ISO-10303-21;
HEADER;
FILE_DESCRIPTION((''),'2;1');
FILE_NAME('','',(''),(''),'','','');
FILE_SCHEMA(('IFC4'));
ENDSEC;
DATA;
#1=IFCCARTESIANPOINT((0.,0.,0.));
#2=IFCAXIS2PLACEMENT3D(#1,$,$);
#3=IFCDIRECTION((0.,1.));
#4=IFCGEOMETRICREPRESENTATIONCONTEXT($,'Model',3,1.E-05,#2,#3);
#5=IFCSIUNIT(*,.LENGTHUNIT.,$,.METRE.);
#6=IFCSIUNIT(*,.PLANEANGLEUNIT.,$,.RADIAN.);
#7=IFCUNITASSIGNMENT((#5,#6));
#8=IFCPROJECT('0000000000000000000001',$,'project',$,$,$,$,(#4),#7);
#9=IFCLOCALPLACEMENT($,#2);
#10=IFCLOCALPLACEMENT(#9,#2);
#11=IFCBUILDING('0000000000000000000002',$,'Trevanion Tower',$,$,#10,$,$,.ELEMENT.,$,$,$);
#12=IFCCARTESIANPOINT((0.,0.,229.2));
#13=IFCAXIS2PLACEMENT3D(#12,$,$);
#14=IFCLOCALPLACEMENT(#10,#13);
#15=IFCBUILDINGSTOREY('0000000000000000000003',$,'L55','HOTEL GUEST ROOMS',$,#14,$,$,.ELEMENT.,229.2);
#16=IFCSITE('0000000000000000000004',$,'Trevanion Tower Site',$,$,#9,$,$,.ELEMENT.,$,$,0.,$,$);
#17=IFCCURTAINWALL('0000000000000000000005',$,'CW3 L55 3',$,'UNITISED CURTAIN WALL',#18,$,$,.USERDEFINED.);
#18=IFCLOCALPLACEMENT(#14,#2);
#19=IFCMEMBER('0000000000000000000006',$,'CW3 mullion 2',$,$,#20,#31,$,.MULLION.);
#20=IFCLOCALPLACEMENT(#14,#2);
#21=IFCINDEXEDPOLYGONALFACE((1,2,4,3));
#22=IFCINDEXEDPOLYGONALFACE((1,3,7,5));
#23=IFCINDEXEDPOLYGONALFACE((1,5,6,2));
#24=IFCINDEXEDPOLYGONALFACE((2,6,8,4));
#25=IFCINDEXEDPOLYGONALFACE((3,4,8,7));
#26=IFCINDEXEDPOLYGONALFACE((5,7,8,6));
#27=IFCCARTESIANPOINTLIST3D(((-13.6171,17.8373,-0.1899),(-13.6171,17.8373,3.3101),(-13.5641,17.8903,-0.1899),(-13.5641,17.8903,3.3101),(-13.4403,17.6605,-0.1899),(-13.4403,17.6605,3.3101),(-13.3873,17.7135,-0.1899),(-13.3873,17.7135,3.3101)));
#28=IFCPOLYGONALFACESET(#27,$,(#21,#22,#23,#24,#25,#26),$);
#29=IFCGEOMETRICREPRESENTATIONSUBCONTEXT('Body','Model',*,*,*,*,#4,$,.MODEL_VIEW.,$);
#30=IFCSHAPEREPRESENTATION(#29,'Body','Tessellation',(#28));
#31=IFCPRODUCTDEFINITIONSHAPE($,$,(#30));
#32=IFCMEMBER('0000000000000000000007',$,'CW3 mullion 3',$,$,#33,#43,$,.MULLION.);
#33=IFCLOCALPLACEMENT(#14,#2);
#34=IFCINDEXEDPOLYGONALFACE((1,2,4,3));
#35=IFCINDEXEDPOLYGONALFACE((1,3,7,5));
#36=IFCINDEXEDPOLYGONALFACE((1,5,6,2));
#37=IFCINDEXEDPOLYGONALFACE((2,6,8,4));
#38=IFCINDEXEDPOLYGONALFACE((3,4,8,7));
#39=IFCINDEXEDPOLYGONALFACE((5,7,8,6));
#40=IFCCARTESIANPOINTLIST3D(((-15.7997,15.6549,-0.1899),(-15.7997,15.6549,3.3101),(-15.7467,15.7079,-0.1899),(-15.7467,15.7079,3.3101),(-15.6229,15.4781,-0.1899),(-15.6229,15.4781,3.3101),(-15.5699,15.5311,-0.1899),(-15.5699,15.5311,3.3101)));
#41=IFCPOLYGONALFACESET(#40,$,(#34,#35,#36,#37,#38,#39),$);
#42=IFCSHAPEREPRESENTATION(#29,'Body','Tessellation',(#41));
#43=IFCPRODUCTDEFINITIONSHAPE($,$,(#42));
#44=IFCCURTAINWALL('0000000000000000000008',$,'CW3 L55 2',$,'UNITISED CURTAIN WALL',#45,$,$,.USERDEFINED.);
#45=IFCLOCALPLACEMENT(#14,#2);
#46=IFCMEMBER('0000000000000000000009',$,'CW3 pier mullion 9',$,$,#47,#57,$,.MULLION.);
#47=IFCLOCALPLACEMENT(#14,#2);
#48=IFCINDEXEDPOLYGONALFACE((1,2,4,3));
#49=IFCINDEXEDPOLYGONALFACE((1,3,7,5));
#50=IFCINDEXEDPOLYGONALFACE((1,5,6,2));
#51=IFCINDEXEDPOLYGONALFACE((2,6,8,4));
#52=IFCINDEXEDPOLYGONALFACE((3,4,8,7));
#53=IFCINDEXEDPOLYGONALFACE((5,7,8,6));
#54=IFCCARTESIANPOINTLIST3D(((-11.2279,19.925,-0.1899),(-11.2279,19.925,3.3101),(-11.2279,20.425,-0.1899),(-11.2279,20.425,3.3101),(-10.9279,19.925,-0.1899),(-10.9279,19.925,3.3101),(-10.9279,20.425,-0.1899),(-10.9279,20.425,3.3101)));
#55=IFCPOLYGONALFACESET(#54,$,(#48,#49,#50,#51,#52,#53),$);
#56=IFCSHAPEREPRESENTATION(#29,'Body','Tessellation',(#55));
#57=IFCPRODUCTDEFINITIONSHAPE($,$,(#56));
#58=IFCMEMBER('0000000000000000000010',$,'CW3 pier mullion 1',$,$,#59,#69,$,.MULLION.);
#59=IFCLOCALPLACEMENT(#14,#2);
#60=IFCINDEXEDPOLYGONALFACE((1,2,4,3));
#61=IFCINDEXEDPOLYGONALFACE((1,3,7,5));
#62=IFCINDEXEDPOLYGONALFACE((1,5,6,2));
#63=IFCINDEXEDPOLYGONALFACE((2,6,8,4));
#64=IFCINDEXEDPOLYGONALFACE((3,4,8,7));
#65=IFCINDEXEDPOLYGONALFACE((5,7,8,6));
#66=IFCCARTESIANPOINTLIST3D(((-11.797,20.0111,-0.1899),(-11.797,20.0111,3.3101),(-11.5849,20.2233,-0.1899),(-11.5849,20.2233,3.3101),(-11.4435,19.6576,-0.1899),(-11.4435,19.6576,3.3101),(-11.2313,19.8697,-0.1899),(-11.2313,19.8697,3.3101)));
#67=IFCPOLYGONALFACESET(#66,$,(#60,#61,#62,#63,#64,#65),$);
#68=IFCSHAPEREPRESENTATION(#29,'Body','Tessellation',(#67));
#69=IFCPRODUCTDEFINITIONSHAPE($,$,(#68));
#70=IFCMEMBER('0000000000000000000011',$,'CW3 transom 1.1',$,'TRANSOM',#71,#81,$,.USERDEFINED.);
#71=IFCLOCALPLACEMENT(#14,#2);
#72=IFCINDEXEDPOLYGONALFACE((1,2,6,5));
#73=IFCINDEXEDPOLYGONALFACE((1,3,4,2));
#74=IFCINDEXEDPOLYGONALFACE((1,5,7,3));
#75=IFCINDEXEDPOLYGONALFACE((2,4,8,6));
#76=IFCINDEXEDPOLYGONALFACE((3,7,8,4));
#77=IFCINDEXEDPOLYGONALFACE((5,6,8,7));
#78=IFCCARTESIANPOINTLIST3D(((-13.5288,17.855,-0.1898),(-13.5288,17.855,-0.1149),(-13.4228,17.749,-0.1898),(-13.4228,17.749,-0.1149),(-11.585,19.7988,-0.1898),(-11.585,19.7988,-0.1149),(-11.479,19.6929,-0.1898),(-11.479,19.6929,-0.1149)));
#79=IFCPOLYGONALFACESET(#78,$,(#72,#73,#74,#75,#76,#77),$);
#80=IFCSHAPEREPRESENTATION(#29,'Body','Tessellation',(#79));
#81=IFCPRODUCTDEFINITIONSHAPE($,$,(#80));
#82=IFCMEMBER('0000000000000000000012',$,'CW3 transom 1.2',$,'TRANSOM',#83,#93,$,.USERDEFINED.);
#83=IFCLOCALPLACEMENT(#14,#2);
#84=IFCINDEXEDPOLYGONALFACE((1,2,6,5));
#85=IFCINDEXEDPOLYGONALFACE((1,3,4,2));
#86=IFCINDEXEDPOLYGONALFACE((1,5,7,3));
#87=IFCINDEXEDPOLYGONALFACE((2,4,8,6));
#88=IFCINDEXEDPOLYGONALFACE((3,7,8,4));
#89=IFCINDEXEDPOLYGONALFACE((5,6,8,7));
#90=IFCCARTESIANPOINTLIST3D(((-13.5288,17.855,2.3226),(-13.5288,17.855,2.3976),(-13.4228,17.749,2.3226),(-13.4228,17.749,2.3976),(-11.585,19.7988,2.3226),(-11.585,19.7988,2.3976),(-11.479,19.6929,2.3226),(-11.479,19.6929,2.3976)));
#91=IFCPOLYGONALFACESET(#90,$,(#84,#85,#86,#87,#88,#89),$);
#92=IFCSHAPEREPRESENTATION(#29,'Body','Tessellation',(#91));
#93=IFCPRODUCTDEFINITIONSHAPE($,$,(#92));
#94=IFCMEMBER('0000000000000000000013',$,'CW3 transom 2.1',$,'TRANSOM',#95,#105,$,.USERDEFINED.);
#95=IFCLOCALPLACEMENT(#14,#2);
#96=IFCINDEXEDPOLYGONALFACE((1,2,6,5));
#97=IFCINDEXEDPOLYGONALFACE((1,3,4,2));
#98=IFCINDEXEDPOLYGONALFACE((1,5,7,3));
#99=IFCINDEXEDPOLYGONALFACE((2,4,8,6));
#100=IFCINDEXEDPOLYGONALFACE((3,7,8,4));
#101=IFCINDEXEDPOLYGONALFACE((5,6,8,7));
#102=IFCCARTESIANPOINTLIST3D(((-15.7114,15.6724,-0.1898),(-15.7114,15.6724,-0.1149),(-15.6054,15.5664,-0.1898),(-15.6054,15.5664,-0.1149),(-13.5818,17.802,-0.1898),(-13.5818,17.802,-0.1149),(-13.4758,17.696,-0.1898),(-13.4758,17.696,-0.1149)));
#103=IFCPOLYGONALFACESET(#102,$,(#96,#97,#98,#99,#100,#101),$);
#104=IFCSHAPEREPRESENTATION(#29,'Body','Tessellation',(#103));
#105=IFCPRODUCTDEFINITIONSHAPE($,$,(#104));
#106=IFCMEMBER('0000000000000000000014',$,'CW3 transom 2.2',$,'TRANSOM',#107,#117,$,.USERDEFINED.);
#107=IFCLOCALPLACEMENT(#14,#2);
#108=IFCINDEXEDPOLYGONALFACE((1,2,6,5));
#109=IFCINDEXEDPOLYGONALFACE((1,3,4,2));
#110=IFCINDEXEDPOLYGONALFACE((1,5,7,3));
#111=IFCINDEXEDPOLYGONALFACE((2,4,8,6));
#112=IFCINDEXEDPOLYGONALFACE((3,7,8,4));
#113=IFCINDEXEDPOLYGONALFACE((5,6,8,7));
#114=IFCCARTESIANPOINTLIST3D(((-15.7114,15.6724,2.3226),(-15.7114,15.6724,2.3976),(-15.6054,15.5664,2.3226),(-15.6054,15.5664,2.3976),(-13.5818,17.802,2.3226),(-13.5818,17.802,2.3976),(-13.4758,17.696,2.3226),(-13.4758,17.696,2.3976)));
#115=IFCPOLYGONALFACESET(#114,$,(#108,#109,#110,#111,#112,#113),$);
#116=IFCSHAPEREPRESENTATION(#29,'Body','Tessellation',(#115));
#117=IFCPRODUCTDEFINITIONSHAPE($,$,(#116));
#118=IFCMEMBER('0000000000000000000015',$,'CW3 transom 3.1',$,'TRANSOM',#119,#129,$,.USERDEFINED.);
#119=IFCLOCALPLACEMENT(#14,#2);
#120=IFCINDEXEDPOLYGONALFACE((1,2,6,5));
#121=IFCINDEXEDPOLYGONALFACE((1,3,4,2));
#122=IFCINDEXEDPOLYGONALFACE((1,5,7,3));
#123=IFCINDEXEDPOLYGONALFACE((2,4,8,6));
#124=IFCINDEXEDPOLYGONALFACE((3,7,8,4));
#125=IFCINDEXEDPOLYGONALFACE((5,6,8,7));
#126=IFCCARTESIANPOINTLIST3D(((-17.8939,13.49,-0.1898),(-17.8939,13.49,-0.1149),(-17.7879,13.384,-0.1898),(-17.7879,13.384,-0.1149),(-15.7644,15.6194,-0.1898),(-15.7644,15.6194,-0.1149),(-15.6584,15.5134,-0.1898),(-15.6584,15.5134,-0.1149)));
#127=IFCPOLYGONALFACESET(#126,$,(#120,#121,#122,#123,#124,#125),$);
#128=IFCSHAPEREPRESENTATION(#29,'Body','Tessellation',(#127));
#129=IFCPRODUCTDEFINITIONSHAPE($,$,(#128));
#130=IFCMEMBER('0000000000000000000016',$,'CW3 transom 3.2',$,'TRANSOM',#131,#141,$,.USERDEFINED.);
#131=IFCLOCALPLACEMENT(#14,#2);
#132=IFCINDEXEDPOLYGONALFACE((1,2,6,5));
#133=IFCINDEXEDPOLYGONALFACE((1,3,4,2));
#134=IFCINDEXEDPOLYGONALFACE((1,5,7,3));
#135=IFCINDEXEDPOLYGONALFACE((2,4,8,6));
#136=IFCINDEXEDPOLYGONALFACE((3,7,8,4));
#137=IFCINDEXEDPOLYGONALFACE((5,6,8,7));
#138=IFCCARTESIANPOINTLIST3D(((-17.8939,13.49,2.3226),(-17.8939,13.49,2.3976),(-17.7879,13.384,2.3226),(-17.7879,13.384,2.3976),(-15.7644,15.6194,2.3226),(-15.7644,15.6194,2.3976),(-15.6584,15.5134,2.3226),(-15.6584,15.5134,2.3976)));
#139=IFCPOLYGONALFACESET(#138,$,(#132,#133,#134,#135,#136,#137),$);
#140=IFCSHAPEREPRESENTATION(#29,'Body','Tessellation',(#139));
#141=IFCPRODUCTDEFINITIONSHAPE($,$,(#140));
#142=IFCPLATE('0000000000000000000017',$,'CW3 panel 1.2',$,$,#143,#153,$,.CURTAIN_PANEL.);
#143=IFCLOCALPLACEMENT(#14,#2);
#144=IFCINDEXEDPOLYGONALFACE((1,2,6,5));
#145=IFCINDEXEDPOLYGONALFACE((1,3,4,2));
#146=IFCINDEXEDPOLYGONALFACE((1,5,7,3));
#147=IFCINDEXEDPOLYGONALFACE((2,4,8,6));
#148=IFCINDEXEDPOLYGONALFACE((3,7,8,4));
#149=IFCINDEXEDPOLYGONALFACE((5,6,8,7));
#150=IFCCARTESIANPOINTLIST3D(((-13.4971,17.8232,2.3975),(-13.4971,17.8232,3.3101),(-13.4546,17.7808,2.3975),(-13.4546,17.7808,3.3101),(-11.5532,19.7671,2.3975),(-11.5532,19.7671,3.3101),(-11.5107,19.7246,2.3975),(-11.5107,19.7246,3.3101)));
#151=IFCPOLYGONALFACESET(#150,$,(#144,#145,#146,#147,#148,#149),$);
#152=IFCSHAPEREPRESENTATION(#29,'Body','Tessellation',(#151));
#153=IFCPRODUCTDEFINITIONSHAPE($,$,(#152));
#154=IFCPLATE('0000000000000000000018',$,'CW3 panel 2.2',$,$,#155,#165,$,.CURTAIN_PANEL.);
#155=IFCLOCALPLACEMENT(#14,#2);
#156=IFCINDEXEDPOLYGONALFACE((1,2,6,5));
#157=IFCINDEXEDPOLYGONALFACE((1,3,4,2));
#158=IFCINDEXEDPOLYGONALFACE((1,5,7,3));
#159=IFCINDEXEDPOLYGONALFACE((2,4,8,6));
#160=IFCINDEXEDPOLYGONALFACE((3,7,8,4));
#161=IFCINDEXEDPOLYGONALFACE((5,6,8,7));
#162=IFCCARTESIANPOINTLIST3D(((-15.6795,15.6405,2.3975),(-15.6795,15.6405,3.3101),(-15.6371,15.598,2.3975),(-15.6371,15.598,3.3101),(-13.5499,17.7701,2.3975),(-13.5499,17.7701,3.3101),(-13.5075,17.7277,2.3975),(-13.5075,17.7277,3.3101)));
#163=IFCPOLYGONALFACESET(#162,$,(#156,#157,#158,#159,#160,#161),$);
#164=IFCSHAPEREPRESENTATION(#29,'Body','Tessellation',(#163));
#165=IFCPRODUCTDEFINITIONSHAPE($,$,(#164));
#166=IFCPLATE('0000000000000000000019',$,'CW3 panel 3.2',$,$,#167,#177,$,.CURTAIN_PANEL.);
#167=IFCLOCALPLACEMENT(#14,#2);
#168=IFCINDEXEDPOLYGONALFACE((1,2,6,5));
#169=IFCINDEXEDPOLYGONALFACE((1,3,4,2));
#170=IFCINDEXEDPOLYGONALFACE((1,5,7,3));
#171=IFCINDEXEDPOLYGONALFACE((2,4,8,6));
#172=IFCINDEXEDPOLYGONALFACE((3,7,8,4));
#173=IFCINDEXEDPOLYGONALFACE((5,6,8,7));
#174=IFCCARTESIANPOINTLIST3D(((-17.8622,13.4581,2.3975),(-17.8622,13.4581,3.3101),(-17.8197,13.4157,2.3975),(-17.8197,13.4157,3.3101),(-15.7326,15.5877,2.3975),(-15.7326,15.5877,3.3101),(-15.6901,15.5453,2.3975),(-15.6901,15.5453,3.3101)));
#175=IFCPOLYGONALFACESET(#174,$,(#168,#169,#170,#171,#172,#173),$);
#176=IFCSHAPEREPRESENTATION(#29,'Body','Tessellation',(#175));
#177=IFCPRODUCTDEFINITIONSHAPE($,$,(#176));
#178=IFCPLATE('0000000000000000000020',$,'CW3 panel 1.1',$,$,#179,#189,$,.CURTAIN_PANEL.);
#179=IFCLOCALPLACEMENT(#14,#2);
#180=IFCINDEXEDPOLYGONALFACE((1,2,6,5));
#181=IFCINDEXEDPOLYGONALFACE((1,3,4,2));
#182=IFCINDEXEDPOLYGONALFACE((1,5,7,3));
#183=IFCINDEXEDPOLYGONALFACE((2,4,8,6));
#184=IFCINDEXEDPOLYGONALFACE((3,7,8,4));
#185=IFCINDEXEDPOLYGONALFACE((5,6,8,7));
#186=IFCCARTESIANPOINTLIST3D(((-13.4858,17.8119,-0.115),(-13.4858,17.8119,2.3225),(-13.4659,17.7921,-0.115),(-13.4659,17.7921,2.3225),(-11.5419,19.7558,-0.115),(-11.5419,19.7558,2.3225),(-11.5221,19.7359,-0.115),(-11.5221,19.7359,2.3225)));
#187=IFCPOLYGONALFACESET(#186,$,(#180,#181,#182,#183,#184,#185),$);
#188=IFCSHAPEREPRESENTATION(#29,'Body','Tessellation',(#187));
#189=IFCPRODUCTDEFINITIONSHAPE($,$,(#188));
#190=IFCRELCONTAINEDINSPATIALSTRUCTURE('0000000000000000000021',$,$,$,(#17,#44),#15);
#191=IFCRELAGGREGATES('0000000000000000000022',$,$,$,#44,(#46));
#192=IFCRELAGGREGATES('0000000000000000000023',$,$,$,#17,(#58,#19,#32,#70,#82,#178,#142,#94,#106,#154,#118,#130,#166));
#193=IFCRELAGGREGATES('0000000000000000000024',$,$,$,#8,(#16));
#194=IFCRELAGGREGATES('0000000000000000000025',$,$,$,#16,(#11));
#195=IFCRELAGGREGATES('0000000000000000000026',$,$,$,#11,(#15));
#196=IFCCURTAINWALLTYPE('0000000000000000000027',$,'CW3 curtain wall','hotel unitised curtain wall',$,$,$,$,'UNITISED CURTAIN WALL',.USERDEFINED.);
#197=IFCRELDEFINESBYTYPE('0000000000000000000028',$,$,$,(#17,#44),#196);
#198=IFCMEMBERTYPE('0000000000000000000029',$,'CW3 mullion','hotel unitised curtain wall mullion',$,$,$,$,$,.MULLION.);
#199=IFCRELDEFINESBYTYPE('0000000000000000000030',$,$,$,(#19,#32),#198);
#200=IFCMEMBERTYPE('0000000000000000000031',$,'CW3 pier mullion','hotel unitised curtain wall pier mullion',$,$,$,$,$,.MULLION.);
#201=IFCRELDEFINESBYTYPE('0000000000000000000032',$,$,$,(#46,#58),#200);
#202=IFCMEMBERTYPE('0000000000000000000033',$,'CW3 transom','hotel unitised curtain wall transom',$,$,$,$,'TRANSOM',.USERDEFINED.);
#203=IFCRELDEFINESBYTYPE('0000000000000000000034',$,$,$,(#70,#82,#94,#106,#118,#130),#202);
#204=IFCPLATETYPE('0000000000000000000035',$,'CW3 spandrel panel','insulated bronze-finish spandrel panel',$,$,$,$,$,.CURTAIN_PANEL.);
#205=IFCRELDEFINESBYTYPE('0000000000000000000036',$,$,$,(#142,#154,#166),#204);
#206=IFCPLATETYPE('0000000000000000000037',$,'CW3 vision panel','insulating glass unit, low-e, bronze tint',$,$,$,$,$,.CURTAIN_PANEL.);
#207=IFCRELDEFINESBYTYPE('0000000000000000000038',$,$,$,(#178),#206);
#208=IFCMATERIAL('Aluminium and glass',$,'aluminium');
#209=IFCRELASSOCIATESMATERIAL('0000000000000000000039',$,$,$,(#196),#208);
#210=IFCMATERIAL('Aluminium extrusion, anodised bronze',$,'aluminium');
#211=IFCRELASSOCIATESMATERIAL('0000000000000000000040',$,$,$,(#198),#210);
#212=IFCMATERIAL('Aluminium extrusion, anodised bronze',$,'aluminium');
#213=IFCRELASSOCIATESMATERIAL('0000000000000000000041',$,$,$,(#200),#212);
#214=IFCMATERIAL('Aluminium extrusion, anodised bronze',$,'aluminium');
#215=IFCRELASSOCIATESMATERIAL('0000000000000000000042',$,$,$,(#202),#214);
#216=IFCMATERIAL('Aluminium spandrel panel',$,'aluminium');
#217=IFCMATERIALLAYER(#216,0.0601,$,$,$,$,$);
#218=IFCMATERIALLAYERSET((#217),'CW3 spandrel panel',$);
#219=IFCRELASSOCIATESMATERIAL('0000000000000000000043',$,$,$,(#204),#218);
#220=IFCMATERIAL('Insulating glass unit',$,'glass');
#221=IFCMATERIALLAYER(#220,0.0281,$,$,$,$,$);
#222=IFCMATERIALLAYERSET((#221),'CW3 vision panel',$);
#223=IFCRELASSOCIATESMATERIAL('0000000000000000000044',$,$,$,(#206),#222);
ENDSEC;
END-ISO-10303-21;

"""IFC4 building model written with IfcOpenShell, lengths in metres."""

from ifc_helpers import new_model, si_unit, direction, frame, origin, origin_2d, place, context, subcontext, project, spatial, rectangle, extrude, material, layer, layer_set, material_profile, profile_set, type_object, element, aggregate, save


model = new_model("IFC4")

# Units and contexts
model_context = context("Model", 3, precision=1e-05, world=origin(), true_north=direction((0.0, 1.0)))
body_context = subcontext(model_context, "Body", "Model", "MODEL_VIEW")
ifc_project = project(units=[si_unit("LENGTHUNIT", "METRE"), si_unit("PLANEANGLEUNIT", "RADIAN")], contexts=[model_context])

# Site, building, storey
site_placement = place(None, origin())
site = spatial("IfcSite", under=ifc_project, at=site_placement, Name="Trevanion Tower Site", CompositionType="ELEMENT", RefElevation=0.0)
building_placement = place(site_placement, origin())
building = spatial("IfcBuilding", under=site, at=building_placement, Name="Trevanion Tower", CompositionType="ELEMENT")
storey_placement = place(building_placement, frame((0.0, 0.0, 229.2)))
storey = spatial("IfcBuildingStorey", under=building, at=storey_placement, Name="L55", Description="HOTEL GUEST ROOMS", CompositionType="ELEMENT", Elevation=229.2)

# Curtain wall, members
ifc_material_1 = material(Name="Aluminium and glass", Category="aluminium")
curtain_wall_type = type_object("IfcCurtainWallType", Name="CW3 curtain wall", Description="hotel unitised curtain wall", ElementType="UNITISED CURTAIN WALL", PredefinedType="USERDEFINED", material=ifc_material_1)
curtain_wall_1_placement = place(storey_placement, origin())
curtain_wall_1 = element("IfcCurtainWall", 1, at=curtain_wall_1_placement, inside=storey, type_object=curtain_wall_type, Name="CW3 L55 3", ObjectType="UNITISED CURTAIN WALL", PredefinedType="USERDEFINED")
ifc_material_2 = material(Name="Aluminium extrusion, anodised bronze", Category="aluminium")
ifc_material_profile_1 = material_profile(ifc_material_2, rectangle(XDim=0.075, YDim=0.25, at=origin_2d()), Name="CW3 mullion")
ifc_profile_set_1 = profile_set([ifc_material_profile_1], Name="Aluminium extrusion, anodised bronze")
member_type_1 = type_object("IfcMemberType", Name="CW3 mullion", Description="hotel unitised curtain wall mullion", PredefinedType="MULLION", material=ifc_profile_set_1)
member_1_placement = place(storey_placement, frame((-13.5022, 17.7754, -0.1899), z_axis=(0.0, 0.0, 1.0), x_axis=(-0.707107, -0.707107, 0.0)))
member_1 = element("IfcMember", 2, at=member_1_placement, type_object=member_type_1, Name="CW3 mullion 2", PredefinedType="MULLION", context=body_context, shape_type="SweptSolid", body=[
    extrude(rectangle(XDim=0.075, YDim=0.25, at=origin_2d()), origin(), (0.0, 0.0, 1.0), 3.5),
])
member_2_placement = place(storey_placement, frame((-15.6848, 15.593, -0.1899), z_axis=(0.0, 0.0, 1.0), x_axis=(-0.707107, -0.707107, 0.0)))
member_2 = element("IfcMember", 3, at=member_2_placement, type_object=member_type_1, Name="CW3 mullion 3", PredefinedType="MULLION", context=body_context, shape_type="SweptSolid", body=[
    extrude(rectangle(XDim=0.075, YDim=0.25, at=origin_2d()), origin(), (0.0, 0.0, 1.0), 3.5),
])

# Curtain wall, member
curtain_wall_2_placement = place(storey_placement, origin())
curtain_wall_2 = element("IfcCurtainWall", 4, at=curtain_wall_2_placement, inside=storey, type_object=curtain_wall_type, Name="CW3 L55 2", ObjectType="UNITISED CURTAIN WALL", PredefinedType="USERDEFINED")
ifc_material_3 = material(Name="Aluminium extrusion, anodised bronze", Category="aluminium")
ifc_material_profile_2 = material_profile(ifc_material_3, rectangle(XDim=0.3, YDim=0.5, at=origin_2d()), Name="CW3 pier mullion")
ifc_profile_set_2 = profile_set([ifc_material_profile_2], Name="Aluminium extrusion, anodised bronze")
member_type_2 = type_object("IfcMemberType", Name="CW3 pier mullion", Description="hotel unitised curtain wall pier mullion", PredefinedType="MULLION", material=ifc_profile_set_2)
member_3_placement = place(storey_placement, frame((-11.0779, 20.175, -0.1899), z_axis=(0.0, 0.0, 1.0), x_axis=(-1.0, 0.0, 0.0)))
member_3 = element("IfcMember", 5, at=member_3_placement, type_object=member_type_2, Name="CW3 pier mullion 9", PredefinedType="MULLION", context=body_context, shape_type="SweptSolid", body=[
    extrude(rectangle(XDim=0.3, YDim=0.5, at=origin_2d()), origin(), (0.0, 0.0, 1.0), 3.5),
])
aggregate(curtain_wall_2, [member_3])

# Members
member_4_placement = place(storey_placement, frame((-11.5142, 19.9404, -0.1899), z_axis=(0.0, 0.0, 1.0), x_axis=(-0.707107, -0.707107, 0.0)))
member_4 = element("IfcMember", 6, at=member_4_placement, type_object=member_type_2, Name="CW3 pier mullion 1", PredefinedType="MULLION", context=body_context, shape_type="SweptSolid", body=[
    extrude(rectangle(XDim=0.3, YDim=0.5, at=origin_2d()), origin(), (0.0, 0.0, 1.0), 3.5),
])
ifc_material_4 = material(Name="Aluminium extrusion, anodised bronze", Category="aluminium")
ifc_material_profile_3 = material_profile(ifc_material_4, rectangle(XDim=0.1499, YDim=0.075, at=origin_2d()), Name="CW3 transom")
ifc_profile_set_3 = profile_set([ifc_material_profile_3], Name="Aluminium extrusion, anodised bronze")
member_type_3 = type_object("IfcMemberType", Name="CW3 transom", Description="hotel unitised curtain wall transom", ElementType="TRANSOM", PredefinedType="USERDEFINED", material=ifc_profile_set_3)
member_5_placement = place(storey_placement, frame((-11.532, 19.7458, -0.1523), z_axis=(-0.707107, -0.707107, 0.0), x_axis=(0.707107, -0.707107, 0.0)))
member_5 = element("IfcMember", 7, at=member_5_placement, type_object=member_type_3, Name="CW3 transom 1.1", ObjectType="TRANSOM", PredefinedType="USERDEFINED", context=body_context, shape_type="SweptSolid", body=[
    extrude(rectangle(XDim=0.1499, YDim=0.075, at=origin_2d()), origin(), (0.0, 0.0, 1.0), 2.749),
])
member_6_placement = place(storey_placement, frame((-11.532, 19.7458, 2.3601), z_axis=(-0.707107, -0.707107, 0.0), x_axis=(0.707107, -0.707107, 0.0)))
member_6 = element("IfcMember", 8, at=member_6_placement, type_object=member_type_3, Name="CW3 transom 1.2", ObjectType="TRANSOM", PredefinedType="USERDEFINED", context=body_context, shape_type="SweptSolid", body=[
    extrude(rectangle(XDim=0.1499, YDim=0.075, at=origin_2d()), origin(), (0.0, 0.0, 1.0), 2.749),
])
member_7_placement = place(storey_placement, frame((-13.5288, 17.749, -0.1523), z_axis=(-0.707107, -0.707107, 0.0), x_axis=(0.707107, -0.707107, 0.0)))
member_7 = element("IfcMember", 9, at=member_7_placement, type_object=member_type_3, Name="CW3 transom 2.1", ObjectType="TRANSOM", PredefinedType="USERDEFINED", context=body_context, shape_type="SweptSolid", body=[
    extrude(rectangle(XDim=0.1499, YDim=0.075, at=origin_2d()), origin(), (0.0, 0.0, 1.0), 3.0117),
])
member_8_placement = place(storey_placement, frame((-13.5288, 17.749, 2.3601), z_axis=(-0.707107, -0.707107, 0.0), x_axis=(0.707107, -0.707107, 0.0)))
member_8 = element("IfcMember", 10, at=member_8_placement, type_object=member_type_3, Name="CW3 transom 2.2", ObjectType="TRANSOM", PredefinedType="USERDEFINED", context=body_context, shape_type="SweptSolid", body=[
    extrude(rectangle(XDim=0.1499, YDim=0.075, at=origin_2d()), origin(), (0.0, 0.0, 1.0), 3.0117),
])
member_9_placement = place(storey_placement, frame((-15.7114, 15.5664, -0.1523), z_axis=(-0.707107, -0.707107, 0.0), x_axis=(0.707107, -0.707107, 0.0)))
member_9 = element("IfcMember", 11, at=member_9_placement, type_object=member_type_3, Name="CW3 transom 3.1", ObjectType="TRANSOM", PredefinedType="USERDEFINED", context=body_context, shape_type="SweptSolid", body=[
    extrude(rectangle(XDim=0.1499, YDim=0.075, at=origin_2d()), origin(), (0.0, 0.0, 1.0), 3.0115),
])
member_10_placement = place(storey_placement, frame((-15.7114, 15.5664, 2.3601), z_axis=(-0.707107, -0.707107, 0.0), x_axis=(0.707107, -0.707107, 0.0)))
member_10 = element("IfcMember", 12, at=member_10_placement, type_object=member_type_3, Name="CW3 transom 3.2", ObjectType="TRANSOM", PredefinedType="USERDEFINED", context=body_context, shape_type="SweptSolid", body=[
    extrude(rectangle(XDim=0.1499, YDim=0.075, at=origin_2d()), origin(), (0.0, 0.0, 1.0), 3.0115),
])

# Plates
ifc_material_5 = material(Name="Aluminium spandrel panel", Category="aluminium")
ifc_layer_1 = layer(ifc_material_5, 0.0601)
ifc_layer_set_1 = layer_set([ifc_layer_1], Name="CW3 spandrel panel")
plate_type_1 = type_object("IfcPlateType", Name="CW3 spandrel panel", Description="insulated bronze-finish spandrel panel", PredefinedType="CURTAIN_PANEL", material=ifc_layer_set_1)
plate_1_placement = place(storey_placement, frame((-12.5039, 18.7739, 2.3975), z_axis=(0.0, 0.0, 1.0), x_axis=(-0.707107, -0.707107, 0.0)))
plate_1 = element("IfcPlate", 13, at=plate_1_placement, type_object=plate_type_1, Name="CW3 panel 1.2", PredefinedType="CURTAIN_PANEL", context=body_context, shape_type="SweptSolid", body=[
    extrude(rectangle(XDim=2.749, YDim=0.0601, at=origin_2d()), origin(), (0.0, 0.0, 1.0), 0.9126),
])
plate_2_placement = place(storey_placement, frame((-14.5935, 16.6841, 2.3975), z_axis=(0.0, 0.0, 1.0), x_axis=(-0.707107, -0.707107, 0.0)))
plate_2 = element("IfcPlate", 14, at=plate_2_placement, type_object=plate_type_1, Name="CW3 panel 2.2", PredefinedType="CURTAIN_PANEL", context=body_context, shape_type="SweptSolid", body=[
    extrude(rectangle(XDim=3.0117, YDim=0.0601, at=origin_2d()), origin(), (0.0, 0.0, 1.0), 0.9126),
])
plate_3_placement = place(storey_placement, frame((-16.7761, 14.5017, 2.3975), z_axis=(0.0, 0.0, 1.0), x_axis=(-0.707107, -0.707107, 0.0)))
plate_3 = element("IfcPlate", 15, at=plate_3_placement, type_object=plate_type_1, Name="CW3 panel 3.2", PredefinedType="CURTAIN_PANEL", context=body_context, shape_type="SweptSolid", body=[
    extrude(rectangle(XDim=3.0117, YDim=0.0601, at=origin_2d()), origin(), (0.0, 0.0, 1.0), 0.9126),
])
ifc_material_6 = material(Name="Insulating glass unit", Category="glass")
ifc_layer_2 = layer(ifc_material_6, 0.0281)
ifc_layer_set_2 = layer_set([ifc_layer_2], Name="CW3 vision panel")
plate_type_2 = type_object("IfcPlateType", Name="CW3 vision panel", Description="insulating glass unit, low-e, bronze tint", PredefinedType="CURTAIN_PANEL", material=ifc_layer_set_2)
plate_4_placement = place(storey_placement, frame((-12.5039, 18.7739, -0.115), z_axis=(0.0, 0.0, 1.0), x_axis=(-0.707107, -0.707107, 0.0)))
plate_4 = element("IfcPlate", 16, at=plate_4_placement, type_object=plate_type_2, Name="CW3 panel 1.1", PredefinedType="CURTAIN_PANEL", context=body_context, shape_type="SweptSolid", body=[
    extrude(rectangle(XDim=2.749, YDim=0.0281, at=origin_2d()), origin(), (0.0, 0.0, 1.0), 2.4375),
])
aggregate(curtain_wall_1, [member_4, member_1, member_2, member_5, member_6, plate_4, plate_1, member_7, member_8, plate_2, member_9, member_10, plate_3])

save(model, "model.ifc")
